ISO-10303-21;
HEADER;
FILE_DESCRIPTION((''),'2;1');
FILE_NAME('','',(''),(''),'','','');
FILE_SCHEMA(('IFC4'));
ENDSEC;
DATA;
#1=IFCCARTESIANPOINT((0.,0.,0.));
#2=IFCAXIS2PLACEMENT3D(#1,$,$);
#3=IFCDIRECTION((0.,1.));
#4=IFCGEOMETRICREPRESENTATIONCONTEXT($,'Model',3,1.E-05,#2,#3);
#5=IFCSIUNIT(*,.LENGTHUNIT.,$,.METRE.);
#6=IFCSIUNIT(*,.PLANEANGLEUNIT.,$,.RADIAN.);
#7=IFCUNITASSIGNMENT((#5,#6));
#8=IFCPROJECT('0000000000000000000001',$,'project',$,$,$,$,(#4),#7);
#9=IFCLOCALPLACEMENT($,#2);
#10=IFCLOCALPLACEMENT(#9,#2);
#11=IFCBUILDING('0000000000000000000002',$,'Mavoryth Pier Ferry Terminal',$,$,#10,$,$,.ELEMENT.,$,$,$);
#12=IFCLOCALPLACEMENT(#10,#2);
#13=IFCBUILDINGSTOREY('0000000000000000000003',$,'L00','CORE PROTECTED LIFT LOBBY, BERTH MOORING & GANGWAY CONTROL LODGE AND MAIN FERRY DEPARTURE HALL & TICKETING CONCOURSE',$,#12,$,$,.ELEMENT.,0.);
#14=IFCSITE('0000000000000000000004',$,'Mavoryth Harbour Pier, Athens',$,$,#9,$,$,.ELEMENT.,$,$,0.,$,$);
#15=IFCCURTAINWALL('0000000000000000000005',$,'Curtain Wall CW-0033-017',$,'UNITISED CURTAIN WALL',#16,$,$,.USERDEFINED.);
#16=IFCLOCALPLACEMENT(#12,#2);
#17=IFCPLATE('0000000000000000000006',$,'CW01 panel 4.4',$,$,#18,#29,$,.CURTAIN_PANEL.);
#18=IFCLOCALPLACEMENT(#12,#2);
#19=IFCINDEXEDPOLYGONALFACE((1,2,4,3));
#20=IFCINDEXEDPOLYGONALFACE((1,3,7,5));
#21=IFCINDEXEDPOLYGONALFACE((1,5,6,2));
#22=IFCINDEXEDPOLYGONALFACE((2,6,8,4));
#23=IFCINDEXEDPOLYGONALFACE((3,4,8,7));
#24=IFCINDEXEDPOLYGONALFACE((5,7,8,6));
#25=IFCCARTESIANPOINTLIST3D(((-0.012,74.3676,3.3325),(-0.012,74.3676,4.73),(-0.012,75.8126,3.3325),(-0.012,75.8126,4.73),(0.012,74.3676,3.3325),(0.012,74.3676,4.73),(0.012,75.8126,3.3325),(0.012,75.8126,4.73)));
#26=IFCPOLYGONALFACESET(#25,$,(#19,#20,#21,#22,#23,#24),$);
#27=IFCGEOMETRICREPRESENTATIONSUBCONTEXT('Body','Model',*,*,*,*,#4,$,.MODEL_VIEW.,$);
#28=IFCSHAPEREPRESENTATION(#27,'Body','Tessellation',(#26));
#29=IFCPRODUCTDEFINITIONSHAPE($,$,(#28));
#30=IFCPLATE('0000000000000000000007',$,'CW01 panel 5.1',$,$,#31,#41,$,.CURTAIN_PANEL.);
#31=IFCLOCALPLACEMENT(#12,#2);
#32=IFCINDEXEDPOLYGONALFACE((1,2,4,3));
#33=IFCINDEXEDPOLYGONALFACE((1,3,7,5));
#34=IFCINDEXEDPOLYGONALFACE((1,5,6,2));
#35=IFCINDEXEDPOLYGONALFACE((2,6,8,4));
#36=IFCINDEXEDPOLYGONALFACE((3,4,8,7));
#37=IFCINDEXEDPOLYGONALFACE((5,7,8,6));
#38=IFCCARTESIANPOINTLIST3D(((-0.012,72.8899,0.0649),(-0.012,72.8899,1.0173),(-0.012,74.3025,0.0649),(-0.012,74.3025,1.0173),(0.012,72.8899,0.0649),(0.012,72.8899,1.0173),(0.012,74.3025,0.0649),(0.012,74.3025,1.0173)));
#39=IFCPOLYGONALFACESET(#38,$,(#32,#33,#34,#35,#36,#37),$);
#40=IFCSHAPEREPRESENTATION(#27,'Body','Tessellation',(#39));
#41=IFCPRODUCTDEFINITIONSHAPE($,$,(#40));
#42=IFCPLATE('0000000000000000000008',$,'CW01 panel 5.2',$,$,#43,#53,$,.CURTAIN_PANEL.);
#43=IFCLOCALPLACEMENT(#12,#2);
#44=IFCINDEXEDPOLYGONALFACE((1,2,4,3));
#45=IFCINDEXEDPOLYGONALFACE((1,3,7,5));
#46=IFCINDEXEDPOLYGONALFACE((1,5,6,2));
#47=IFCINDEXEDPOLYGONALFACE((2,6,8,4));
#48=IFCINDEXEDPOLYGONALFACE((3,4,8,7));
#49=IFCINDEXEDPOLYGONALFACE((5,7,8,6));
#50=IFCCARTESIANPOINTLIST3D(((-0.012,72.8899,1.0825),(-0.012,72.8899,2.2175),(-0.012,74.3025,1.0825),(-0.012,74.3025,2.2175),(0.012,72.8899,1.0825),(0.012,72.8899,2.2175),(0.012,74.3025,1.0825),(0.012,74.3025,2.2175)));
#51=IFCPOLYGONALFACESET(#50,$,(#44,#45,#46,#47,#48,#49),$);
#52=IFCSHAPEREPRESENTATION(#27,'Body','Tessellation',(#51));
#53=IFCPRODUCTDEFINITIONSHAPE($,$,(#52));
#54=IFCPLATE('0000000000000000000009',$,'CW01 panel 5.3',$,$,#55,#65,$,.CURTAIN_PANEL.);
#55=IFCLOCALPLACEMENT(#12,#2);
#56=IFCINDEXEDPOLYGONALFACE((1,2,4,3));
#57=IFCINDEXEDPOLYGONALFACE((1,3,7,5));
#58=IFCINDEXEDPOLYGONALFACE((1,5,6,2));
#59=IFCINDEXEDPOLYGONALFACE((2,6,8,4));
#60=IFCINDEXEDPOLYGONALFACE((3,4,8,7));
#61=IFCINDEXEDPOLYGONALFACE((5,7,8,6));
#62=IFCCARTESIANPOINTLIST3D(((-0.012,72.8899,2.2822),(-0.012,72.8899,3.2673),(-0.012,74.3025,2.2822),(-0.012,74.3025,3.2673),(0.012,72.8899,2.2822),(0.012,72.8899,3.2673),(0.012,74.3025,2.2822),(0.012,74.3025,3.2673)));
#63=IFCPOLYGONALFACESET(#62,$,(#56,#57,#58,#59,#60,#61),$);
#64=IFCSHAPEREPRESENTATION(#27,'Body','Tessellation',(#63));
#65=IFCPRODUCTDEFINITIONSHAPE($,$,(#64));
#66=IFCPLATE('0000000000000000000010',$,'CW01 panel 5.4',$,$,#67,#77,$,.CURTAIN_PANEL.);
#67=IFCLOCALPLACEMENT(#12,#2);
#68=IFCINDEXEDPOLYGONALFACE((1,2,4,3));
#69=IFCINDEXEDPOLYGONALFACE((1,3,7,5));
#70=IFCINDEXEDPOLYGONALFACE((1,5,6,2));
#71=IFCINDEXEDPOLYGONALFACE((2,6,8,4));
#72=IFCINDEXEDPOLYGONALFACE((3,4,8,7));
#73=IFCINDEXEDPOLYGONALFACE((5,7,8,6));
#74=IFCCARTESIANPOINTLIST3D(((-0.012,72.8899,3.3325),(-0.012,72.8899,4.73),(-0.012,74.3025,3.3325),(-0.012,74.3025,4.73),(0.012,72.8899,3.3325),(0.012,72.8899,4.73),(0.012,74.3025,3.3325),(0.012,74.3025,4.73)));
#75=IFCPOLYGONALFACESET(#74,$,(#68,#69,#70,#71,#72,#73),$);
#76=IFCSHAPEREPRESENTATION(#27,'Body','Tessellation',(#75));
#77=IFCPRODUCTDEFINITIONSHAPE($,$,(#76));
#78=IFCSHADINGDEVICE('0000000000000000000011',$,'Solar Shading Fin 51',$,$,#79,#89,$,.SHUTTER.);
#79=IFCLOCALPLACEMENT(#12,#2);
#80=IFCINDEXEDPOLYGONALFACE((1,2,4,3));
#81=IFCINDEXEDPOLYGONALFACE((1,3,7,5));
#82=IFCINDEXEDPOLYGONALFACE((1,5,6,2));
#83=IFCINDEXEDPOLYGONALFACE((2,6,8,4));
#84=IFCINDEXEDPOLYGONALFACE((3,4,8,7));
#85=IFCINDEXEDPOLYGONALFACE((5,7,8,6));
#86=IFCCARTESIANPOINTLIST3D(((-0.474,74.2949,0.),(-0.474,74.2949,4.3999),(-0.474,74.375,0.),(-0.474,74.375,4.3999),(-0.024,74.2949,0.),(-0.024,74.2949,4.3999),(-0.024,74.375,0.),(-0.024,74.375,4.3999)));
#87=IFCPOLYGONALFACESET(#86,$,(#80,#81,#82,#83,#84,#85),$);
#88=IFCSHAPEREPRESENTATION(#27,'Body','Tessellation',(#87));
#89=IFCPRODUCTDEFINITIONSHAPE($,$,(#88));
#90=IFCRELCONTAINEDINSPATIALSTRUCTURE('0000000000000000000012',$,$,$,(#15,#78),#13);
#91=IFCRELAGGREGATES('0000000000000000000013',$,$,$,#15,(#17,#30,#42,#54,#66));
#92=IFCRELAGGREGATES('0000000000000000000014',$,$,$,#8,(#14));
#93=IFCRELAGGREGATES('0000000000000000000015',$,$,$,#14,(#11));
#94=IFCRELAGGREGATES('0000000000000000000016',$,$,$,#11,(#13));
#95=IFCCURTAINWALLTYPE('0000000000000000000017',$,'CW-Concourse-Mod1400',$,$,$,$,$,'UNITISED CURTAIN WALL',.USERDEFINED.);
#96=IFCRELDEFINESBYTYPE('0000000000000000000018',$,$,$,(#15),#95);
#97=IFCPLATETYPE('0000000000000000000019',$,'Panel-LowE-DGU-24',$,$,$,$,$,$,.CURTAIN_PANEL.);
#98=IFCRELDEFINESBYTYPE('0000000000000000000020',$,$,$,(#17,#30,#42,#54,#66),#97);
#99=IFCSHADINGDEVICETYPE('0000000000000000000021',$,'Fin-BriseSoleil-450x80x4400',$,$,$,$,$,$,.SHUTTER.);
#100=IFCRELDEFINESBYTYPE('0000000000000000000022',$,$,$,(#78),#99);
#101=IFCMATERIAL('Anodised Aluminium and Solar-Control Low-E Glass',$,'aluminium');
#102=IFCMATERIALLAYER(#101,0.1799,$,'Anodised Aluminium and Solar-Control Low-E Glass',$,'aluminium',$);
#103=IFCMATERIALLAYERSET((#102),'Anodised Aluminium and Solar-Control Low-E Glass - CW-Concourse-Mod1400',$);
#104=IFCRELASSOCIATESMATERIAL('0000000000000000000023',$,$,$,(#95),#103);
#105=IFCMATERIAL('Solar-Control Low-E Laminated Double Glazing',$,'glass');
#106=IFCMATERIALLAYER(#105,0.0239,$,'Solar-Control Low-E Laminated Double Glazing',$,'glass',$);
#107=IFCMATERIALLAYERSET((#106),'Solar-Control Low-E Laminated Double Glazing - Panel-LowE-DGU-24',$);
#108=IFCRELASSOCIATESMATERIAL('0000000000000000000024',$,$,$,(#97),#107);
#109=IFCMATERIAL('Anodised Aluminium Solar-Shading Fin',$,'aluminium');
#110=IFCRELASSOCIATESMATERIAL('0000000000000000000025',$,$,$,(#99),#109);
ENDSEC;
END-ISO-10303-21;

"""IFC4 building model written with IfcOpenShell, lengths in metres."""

from ifc_helpers import new_model, si_unit, direction, frame, origin, origin_2d, place, context, subcontext, project, spatial, rectangle, extrude, material, layer, layer_set, type_object, element, aggregate, save


model = new_model("IFC4")

# Units and contexts
model_context = context("Model", 3, precision=1e-05, world=origin(), true_north=direction((0.0, 1.0)))
body_context = subcontext(model_context, "Body", "Model", "MODEL_VIEW")
ifc_project = project(units=[si_unit("LENGTHUNIT", "METRE"), si_unit("PLANEANGLEUNIT", "RADIAN")], contexts=[model_context])

# Site, building, storey
site_placement = place(None, origin())
site = spatial("IfcSite", under=ifc_project, at=site_placement, Name="Mavoryth Harbour Pier, Athens", CompositionType="ELEMENT", RefElevation=0.0)
building_placement = place(site_placement, origin())
building = spatial("IfcBuilding", under=site, at=building_placement, Name="Mavoryth Pier Ferry Terminal", CompositionType="ELEMENT")
storey_placement = place(building_placement, origin())
storey = spatial("IfcBuildingStorey", under=building, at=storey_placement, Name="L00", Description="CORE PROTECTED LIFT LOBBY, BERTH MOORING & GANGWAY CONTROL LODGE AND MAIN FERRY DEPARTURE HALL & TICKETING CONCOURSE", CompositionType="ELEMENT", Elevation=0.0)

# Curtain wall, plates
ifc_material_1 = material(Name="Anodised Aluminium and Solar-Control Low-E Glass", Category="aluminium")
ifc_layer_1 = layer(ifc_material_1, 0.1799, Name="Anodised Aluminium and Solar-Control Low-E Glass", Category="aluminium")
ifc_layer_set_1 = layer_set([ifc_layer_1], Name="Anodised Aluminium and Solar-Control Low-E Glass - CW-Concourse-Mod1400")
curtain_wall_type = type_object("IfcCurtainWallType", Name="CW-Concourse-Mod1400", ElementType="UNITISED CURTAIN WALL", PredefinedType="USERDEFINED", material=ifc_layer_set_1)
curtain_wall_placement = place(storey_placement, origin())
curtain_wall = element("IfcCurtainWall", 1, at=curtain_wall_placement, inside=storey, type_object=curtain_wall_type, Name="Curtain Wall CW-0033-017", ObjectType="UNITISED CURTAIN WALL", PredefinedType="USERDEFINED")
ifc_material_2 = material(Name="Solar-Control Low-E Laminated Double Glazing", Category="glass")
ifc_layer_2 = layer(ifc_material_2, 0.0239, Name="Solar-Control Low-E Laminated Double Glazing", Category="glass")
ifc_layer_set_2 = layer_set([ifc_layer_2], Name="Solar-Control Low-E Laminated Double Glazing - Panel-LowE-DGU-24")
plate_type = type_object("IfcPlateType", Name="Panel-LowE-DGU-24", PredefinedType="CURTAIN_PANEL", material=ifc_layer_set_2)
plate_1_placement = place(storey_placement, frame((0.0, 75.0901, 3.3325), z_axis=(0.0, 0.0, 1.0), x_axis=(0.0, -1.0, 0.0)))
plate_1 = element("IfcPlate", 2, at=plate_1_placement, type_object=plate_type, Name="CW01 panel 4.4", PredefinedType="CURTAIN_PANEL", context=body_context, shape_type="SweptSolid", body=[
    extrude(rectangle(XDim=1.4451, YDim=0.0239, at=origin_2d()), origin(), (0.0, 0.0, 1.0), 1.3975),
])
plate_2_placement = place(storey_placement, frame((0.0, 73.5962, 0.0649), z_axis=(0.0, 0.0, 1.0), x_axis=(0.0, -1.0, 0.0)))
plate_2 = element("IfcPlate", 3, at=plate_2_placement, type_object=plate_type, Name="CW01 panel 5.1", PredefinedType="CURTAIN_PANEL", context=body_context, shape_type="SweptSolid", body=[
    extrude(rectangle(XDim=1.4126, YDim=0.0239, at=origin_2d()), origin(), (0.0, 0.0, 1.0), 0.9524),
])
plate_3_placement = place(storey_placement, frame((0.0, 73.5962, 1.0825), z_axis=(0.0, 0.0, 1.0), x_axis=(0.0, -1.0, 0.0)))
plate_3 = element("IfcPlate", 4, at=plate_3_placement, type_object=plate_type, Name="CW01 panel 5.2", PredefinedType="CURTAIN_PANEL", context=body_context, shape_type="SweptSolid", body=[
    extrude(rectangle(XDim=1.4126, YDim=0.0239, at=origin_2d()), origin(), (0.0, 0.0, 1.0), 1.135),
])
plate_4_placement = place(storey_placement, frame((0.0, 73.5962, 2.2822), z_axis=(0.0, 0.0, 1.0), x_axis=(0.0, -1.0, 0.0)))
plate_4 = element("IfcPlate", 5, at=plate_4_placement, type_object=plate_type, Name="CW01 panel 5.3", PredefinedType="CURTAIN_PANEL", context=body_context, shape_type="SweptSolid", body=[
    extrude(rectangle(XDim=1.4126, YDim=0.0239, at=origin_2d()), origin(), (0.0, 0.0, 1.0), 0.9851),
])
plate_5_placement = place(storey_placement, frame((0.0, 73.5962, 3.3325), z_axis=(0.0, 0.0, 1.0), x_axis=(0.0, -1.0, 0.0)))
plate_5 = element("IfcPlate", 6, at=plate_5_placement, type_object=plate_type, Name="CW01 panel 5.4", PredefinedType="CURTAIN_PANEL", context=body_context, shape_type="SweptSolid", body=[
    extrude(rectangle(XDim=1.4126, YDim=0.0239, at=origin_2d()), origin(), (0.0, 0.0, 1.0), 1.3975),
])
aggregate(curtain_wall, [plate_1, plate_2, plate_3, plate_4, plate_5])

# Shading device
ifc_material_3 = material(Name="Anodised Aluminium Solar-Shading Fin", Category="aluminium")
shading_device_type = type_object("IfcShadingDeviceType", Name="Fin-BriseSoleil-450x80x4400", PredefinedType="SHUTTER", material=ifc_material_3)
shading_device_placement = place(storey_placement, frame((-0.249, 74.335, 0.0), z_axis=(0.0, 0.0, 1.0), x_axis=(0.0, -1.0, 0.0)))
element("IfcShadingDevice", 7, at=shading_device_placement, inside=storey, type_object=shading_device_type, Name="Solar Shading Fin 51", PredefinedType="SHUTTER", context=body_context, shape_type="SweptSolid", body=[
    extrude(rectangle(XDim=0.0801, YDim=0.45, at=origin_2d()), origin(), (0.0, 0.0, 1.0), 4.3999),
])

save(model, "model.ifc")
